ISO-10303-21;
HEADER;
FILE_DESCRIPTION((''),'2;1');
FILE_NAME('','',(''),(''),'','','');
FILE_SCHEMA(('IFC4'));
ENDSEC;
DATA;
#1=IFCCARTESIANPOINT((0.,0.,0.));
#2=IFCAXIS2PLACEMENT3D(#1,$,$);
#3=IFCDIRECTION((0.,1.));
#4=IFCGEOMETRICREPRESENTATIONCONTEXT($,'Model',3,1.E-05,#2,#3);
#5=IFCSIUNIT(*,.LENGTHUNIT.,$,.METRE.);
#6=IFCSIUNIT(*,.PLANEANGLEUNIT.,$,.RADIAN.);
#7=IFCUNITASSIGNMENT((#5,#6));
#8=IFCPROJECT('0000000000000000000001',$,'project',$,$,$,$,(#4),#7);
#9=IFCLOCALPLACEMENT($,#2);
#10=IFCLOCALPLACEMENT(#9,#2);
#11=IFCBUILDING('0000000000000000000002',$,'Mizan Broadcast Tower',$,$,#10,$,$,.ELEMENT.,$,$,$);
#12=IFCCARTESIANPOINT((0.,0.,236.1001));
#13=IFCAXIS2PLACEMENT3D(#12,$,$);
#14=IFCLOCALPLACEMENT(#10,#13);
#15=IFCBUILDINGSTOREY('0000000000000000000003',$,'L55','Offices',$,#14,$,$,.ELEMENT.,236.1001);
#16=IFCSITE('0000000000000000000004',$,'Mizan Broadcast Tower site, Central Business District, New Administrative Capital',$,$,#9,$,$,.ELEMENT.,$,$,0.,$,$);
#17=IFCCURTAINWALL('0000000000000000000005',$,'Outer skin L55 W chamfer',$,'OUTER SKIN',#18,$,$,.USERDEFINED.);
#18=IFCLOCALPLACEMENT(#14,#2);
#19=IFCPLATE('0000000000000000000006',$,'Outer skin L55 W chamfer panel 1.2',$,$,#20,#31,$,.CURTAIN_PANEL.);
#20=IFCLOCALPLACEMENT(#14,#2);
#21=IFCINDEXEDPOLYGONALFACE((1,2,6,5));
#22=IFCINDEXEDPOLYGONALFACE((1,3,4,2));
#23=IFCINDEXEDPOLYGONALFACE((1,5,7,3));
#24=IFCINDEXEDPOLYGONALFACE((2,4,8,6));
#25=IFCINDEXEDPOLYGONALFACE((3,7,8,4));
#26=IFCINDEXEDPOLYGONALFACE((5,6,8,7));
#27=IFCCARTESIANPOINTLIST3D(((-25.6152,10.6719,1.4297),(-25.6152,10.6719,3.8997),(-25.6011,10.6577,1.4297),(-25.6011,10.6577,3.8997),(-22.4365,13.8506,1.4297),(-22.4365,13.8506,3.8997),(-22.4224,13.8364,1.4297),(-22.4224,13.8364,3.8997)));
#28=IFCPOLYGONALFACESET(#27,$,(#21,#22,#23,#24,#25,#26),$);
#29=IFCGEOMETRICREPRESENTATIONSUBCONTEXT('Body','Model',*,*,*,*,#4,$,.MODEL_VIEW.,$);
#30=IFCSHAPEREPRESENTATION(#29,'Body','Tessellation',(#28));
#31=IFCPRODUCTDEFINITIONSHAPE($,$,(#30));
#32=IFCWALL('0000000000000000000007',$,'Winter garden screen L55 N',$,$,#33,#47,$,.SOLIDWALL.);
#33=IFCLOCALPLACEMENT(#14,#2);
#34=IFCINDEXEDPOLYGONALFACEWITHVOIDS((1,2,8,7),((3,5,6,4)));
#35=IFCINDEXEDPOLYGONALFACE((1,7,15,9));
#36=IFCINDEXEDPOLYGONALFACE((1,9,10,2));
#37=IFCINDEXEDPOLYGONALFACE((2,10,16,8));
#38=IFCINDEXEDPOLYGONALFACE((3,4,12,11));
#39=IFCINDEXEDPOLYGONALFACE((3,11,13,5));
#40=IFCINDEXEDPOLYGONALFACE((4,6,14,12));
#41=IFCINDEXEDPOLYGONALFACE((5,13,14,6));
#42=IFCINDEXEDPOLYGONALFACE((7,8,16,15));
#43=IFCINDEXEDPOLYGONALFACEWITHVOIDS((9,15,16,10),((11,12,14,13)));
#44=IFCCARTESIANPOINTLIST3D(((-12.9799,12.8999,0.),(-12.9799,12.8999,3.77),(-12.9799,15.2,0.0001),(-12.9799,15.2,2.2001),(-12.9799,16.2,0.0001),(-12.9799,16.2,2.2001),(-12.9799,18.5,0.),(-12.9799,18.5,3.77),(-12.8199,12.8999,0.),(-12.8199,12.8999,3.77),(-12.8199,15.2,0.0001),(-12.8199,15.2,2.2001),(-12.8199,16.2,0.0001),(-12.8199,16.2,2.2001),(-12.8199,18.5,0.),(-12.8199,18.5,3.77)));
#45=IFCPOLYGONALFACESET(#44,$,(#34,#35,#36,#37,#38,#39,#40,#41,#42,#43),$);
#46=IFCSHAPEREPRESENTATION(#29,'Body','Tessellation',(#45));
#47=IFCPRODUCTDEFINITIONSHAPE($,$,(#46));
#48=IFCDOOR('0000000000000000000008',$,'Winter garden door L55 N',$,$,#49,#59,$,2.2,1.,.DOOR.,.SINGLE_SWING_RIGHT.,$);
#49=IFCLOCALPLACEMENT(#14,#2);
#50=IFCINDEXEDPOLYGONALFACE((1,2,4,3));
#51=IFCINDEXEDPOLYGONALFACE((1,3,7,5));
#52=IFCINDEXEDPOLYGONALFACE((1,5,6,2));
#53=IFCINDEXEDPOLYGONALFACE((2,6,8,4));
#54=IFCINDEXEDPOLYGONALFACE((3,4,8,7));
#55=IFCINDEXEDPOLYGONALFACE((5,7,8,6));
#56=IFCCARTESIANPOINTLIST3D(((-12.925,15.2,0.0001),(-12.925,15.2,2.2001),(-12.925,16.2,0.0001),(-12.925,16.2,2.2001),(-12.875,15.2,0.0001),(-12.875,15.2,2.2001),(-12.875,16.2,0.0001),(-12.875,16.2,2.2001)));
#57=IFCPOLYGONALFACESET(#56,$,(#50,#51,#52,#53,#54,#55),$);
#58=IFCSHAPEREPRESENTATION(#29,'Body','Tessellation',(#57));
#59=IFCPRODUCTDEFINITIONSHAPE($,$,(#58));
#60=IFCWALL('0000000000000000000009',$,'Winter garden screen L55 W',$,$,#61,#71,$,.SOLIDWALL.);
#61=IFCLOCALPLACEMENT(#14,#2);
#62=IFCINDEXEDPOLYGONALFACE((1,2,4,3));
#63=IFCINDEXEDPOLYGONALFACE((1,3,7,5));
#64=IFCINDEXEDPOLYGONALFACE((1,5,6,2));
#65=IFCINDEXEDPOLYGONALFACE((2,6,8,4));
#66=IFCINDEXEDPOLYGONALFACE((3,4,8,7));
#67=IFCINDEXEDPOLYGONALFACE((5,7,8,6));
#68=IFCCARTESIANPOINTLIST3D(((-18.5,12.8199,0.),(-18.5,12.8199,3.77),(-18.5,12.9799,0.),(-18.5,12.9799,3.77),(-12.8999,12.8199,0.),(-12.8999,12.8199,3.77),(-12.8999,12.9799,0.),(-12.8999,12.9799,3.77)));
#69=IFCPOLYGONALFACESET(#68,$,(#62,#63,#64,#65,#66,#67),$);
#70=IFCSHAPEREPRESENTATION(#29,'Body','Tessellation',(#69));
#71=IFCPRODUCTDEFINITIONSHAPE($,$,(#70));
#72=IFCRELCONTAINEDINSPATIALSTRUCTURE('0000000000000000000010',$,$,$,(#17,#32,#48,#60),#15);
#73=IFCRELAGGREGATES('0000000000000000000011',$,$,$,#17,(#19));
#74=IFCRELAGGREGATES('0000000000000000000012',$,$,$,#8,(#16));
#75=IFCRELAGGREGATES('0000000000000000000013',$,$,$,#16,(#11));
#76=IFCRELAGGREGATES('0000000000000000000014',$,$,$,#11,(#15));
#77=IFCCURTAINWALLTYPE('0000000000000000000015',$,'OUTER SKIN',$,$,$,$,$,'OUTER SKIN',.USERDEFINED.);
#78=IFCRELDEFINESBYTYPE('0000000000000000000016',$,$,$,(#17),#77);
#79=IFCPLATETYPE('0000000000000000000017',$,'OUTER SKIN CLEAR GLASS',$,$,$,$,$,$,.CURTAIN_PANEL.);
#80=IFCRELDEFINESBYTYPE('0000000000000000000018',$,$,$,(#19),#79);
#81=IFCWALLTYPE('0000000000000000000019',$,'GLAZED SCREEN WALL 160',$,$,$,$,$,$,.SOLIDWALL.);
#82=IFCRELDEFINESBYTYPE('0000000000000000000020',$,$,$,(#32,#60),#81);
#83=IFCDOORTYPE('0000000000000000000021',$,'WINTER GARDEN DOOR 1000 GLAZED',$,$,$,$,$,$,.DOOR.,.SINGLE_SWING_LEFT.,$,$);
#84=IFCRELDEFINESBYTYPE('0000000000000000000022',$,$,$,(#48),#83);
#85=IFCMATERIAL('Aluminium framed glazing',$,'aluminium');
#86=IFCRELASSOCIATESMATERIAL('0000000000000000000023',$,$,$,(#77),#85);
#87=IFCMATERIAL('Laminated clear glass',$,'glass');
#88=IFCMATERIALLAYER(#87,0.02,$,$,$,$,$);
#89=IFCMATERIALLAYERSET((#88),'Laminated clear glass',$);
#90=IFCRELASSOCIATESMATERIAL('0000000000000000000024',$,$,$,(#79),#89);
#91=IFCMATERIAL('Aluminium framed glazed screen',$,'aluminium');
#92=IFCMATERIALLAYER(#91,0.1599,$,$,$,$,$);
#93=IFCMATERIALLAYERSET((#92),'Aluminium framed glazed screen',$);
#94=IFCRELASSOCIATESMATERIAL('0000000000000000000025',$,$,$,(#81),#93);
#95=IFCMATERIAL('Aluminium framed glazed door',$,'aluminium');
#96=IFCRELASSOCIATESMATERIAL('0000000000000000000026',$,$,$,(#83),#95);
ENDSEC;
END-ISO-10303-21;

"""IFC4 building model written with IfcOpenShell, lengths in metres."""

from ifc_helpers import new_model, si_unit, direction, frame, frame_2d, origin, origin_2d, place, context, subcontext, project, spatial, rectangle, extrude, material, layer, layer_set, type_object, element, fill, aggregate, save


model = new_model("IFC4")

# Units and contexts
model_context = context("Model", 3, precision=1e-05, world=origin(), true_north=direction((0.0, 1.0)))
body_context = subcontext(model_context, "Body", "Model", "MODEL_VIEW")
ifc_project = project(units=[si_unit("LENGTHUNIT", "METRE"), si_unit("PLANEANGLEUNIT", "RADIAN")], contexts=[model_context])

# Site, building, storey
site_placement = place(None, origin())
site = spatial("IfcSite", under=ifc_project, at=site_placement, Name="Mizan Broadcast Tower site, Central Business District, New Administrative Capital", CompositionType="ELEMENT", RefElevation=0.0)
building_placement = place(site_placement, origin())
building = spatial("IfcBuilding", under=site, at=building_placement, Name="Mizan Broadcast Tower", CompositionType="ELEMENT")
storey_placement = place(building_placement, frame((0.0, 0.0, 236.1001)))
storey = spatial("IfcBuildingStorey", under=building, at=storey_placement, Name="L55", Description="Offices", CompositionType="ELEMENT", Elevation=236.1001)

# Shared definitions
ifc_material_1 = material(Name="Aluminium framed glazing", Category="aluminium")
curtain_wall_type_1 = type_object("IfcCurtainWallType", Name="OUTER SKIN", ElementType="OUTER SKIN", PredefinedType="USERDEFINED", material=ifc_material_1)

# Curtain wall
curtain_wall_1_placement = place(storey_placement, origin())
curtain_wall_1 = element("IfcCurtainWall", 1, at=curtain_wall_1_placement, inside=storey, type_object=curtain_wall_type_1, Name="Outer skin L55 W chamfer", ObjectType="OUTER SKIN", PredefinedType="USERDEFINED")

# Plate
ifc_material_2 = material(Name="Laminated clear glass", Category="glass")
ifc_layer_1 = layer(ifc_material_2, 0.02)
ifc_layer_set_1 = layer_set([ifc_layer_1], Name="Laminated clear glass")
plate_type_1 = type_object("IfcPlateType", Name="OUTER SKIN CLEAR GLASS", PredefinedType="CURTAIN_PANEL", material=ifc_layer_set_1)
plate_1_placement = place(storey_placement, frame((-24.0188, 12.2542, 1.4297), z_axis=(0.0, 0.0, 1.0), x_axis=(-0.707107, -0.707107, 0.0)))
plate_1 = element("IfcPlate", 2, at=plate_1_placement, type_object=plate_type_1, Name="Outer skin L55 W chamfer panel 1.2", PredefinedType="CURTAIN_PANEL", context=body_context, shape_type="SweptSolid", body=[
    extrude(rectangle(XDim=4.4954, YDim=0.02, at=origin_2d()), origin(), (0.0, 0.0, 1.0), 2.47),
])
aggregate(curtain_wall_1, [plate_1])

# Wall, opening, door
ifc_material_3 = material(Name="Aluminium framed glazed screen", Category="aluminium")
ifc_layer_2 = layer(ifc_material_3, 0.1599)
ifc_layer_set_2 = layer_set([ifc_layer_2], Name="Aluminium framed glazed screen")
wall_type = type_object("IfcWallType", Name="GLAZED SCREEN WALL 160", PredefinedType="SOLIDWALL", material=ifc_layer_set_2)
wall_1_placement = place(storey_placement, frame((-12.8999, 18.5, 0.0), z_axis=(0.0, 0.0, 1.0), x_axis=(0.0, -1.0, 0.0)))
wall_1 = element("IfcWall", 3, at=wall_1_placement, inside=storey, type_object=wall_type, Name="Winter garden screen L55 N", PredefinedType="SOLIDWALL", context=body_context, shape_type="SweptSolid", body=[
    extrude(rectangle(XDim=5.6001, YDim=0.1599, at=frame_2d((2.8, 0.0))), origin(), (0.0, 0.0, 1.0), 3.77),
])
opening_placement = place(wall_1_placement, frame((2.3, 0.0, 0.0)))
opening = element("IfcOpeningElement", 4, at=opening_placement, cuts=wall_1, PredefinedType="OPENING", context=body_context, shape_type="SweptSolid", body=[
    extrude(rectangle(XDim=1.0, YDim=2.2, at=frame_2d((0.5, 1.1001))), frame((0.0, 0.0898, 0.0), z_axis=(0.0, -1.0, 0.0), x_axis=(1.0, 0.0, 0.0)), (0.0, 0.0, 1.0), 0.1799),
])
ifc_material_4 = material(Name="Aluminium framed glazed door", Category="aluminium")
door_type = type_object("IfcDoorType", Name="WINTER GARDEN DOOR 1000 GLAZED", OperationType="SINGLE_SWING_LEFT", PredefinedType="DOOR", material=ifc_material_4)
door_placement = place(opening_placement, origin())
door = element("IfcDoor", 5, at=door_placement, inside=storey, type_object=door_type, Name="Winter garden door L55 N", OperationType="SINGLE_SWING_RIGHT", OverallHeight=2.2, OverallWidth=1.0, PredefinedType="DOOR", context=body_context, shape_type="SweptSolid", body=[
    extrude(rectangle(XDim=1.0, YDim=2.2, at=frame_2d((0.5, 1.1001))), frame((0.0, 0.0249, 0.0), z_axis=(0.0, -1.0, 0.0), x_axis=(1.0, 0.0, 0.0)), (0.0, 0.0, 1.0), 0.05),
])
fill(opening, door)

# Wall
wall_2_placement = place(storey_placement, frame((-12.8999, 12.8999, 0.0), z_axis=(0.0, 0.0, 1.0), x_axis=(-1.0, 0.0, 0.0)))
element("IfcWall", 6, at=wall_2_placement, inside=storey, type_object=wall_type, Name="Winter garden screen L55 W", PredefinedType="SOLIDWALL", context=body_context, shape_type="SweptSolid", body=[
    extrude(rectangle(XDim=5.6001, YDim=0.1599, at=frame_2d((2.8, 0.0))), origin(), (0.0, 0.0, 1.0), 3.77),
])

save(model, "model.ifc")
